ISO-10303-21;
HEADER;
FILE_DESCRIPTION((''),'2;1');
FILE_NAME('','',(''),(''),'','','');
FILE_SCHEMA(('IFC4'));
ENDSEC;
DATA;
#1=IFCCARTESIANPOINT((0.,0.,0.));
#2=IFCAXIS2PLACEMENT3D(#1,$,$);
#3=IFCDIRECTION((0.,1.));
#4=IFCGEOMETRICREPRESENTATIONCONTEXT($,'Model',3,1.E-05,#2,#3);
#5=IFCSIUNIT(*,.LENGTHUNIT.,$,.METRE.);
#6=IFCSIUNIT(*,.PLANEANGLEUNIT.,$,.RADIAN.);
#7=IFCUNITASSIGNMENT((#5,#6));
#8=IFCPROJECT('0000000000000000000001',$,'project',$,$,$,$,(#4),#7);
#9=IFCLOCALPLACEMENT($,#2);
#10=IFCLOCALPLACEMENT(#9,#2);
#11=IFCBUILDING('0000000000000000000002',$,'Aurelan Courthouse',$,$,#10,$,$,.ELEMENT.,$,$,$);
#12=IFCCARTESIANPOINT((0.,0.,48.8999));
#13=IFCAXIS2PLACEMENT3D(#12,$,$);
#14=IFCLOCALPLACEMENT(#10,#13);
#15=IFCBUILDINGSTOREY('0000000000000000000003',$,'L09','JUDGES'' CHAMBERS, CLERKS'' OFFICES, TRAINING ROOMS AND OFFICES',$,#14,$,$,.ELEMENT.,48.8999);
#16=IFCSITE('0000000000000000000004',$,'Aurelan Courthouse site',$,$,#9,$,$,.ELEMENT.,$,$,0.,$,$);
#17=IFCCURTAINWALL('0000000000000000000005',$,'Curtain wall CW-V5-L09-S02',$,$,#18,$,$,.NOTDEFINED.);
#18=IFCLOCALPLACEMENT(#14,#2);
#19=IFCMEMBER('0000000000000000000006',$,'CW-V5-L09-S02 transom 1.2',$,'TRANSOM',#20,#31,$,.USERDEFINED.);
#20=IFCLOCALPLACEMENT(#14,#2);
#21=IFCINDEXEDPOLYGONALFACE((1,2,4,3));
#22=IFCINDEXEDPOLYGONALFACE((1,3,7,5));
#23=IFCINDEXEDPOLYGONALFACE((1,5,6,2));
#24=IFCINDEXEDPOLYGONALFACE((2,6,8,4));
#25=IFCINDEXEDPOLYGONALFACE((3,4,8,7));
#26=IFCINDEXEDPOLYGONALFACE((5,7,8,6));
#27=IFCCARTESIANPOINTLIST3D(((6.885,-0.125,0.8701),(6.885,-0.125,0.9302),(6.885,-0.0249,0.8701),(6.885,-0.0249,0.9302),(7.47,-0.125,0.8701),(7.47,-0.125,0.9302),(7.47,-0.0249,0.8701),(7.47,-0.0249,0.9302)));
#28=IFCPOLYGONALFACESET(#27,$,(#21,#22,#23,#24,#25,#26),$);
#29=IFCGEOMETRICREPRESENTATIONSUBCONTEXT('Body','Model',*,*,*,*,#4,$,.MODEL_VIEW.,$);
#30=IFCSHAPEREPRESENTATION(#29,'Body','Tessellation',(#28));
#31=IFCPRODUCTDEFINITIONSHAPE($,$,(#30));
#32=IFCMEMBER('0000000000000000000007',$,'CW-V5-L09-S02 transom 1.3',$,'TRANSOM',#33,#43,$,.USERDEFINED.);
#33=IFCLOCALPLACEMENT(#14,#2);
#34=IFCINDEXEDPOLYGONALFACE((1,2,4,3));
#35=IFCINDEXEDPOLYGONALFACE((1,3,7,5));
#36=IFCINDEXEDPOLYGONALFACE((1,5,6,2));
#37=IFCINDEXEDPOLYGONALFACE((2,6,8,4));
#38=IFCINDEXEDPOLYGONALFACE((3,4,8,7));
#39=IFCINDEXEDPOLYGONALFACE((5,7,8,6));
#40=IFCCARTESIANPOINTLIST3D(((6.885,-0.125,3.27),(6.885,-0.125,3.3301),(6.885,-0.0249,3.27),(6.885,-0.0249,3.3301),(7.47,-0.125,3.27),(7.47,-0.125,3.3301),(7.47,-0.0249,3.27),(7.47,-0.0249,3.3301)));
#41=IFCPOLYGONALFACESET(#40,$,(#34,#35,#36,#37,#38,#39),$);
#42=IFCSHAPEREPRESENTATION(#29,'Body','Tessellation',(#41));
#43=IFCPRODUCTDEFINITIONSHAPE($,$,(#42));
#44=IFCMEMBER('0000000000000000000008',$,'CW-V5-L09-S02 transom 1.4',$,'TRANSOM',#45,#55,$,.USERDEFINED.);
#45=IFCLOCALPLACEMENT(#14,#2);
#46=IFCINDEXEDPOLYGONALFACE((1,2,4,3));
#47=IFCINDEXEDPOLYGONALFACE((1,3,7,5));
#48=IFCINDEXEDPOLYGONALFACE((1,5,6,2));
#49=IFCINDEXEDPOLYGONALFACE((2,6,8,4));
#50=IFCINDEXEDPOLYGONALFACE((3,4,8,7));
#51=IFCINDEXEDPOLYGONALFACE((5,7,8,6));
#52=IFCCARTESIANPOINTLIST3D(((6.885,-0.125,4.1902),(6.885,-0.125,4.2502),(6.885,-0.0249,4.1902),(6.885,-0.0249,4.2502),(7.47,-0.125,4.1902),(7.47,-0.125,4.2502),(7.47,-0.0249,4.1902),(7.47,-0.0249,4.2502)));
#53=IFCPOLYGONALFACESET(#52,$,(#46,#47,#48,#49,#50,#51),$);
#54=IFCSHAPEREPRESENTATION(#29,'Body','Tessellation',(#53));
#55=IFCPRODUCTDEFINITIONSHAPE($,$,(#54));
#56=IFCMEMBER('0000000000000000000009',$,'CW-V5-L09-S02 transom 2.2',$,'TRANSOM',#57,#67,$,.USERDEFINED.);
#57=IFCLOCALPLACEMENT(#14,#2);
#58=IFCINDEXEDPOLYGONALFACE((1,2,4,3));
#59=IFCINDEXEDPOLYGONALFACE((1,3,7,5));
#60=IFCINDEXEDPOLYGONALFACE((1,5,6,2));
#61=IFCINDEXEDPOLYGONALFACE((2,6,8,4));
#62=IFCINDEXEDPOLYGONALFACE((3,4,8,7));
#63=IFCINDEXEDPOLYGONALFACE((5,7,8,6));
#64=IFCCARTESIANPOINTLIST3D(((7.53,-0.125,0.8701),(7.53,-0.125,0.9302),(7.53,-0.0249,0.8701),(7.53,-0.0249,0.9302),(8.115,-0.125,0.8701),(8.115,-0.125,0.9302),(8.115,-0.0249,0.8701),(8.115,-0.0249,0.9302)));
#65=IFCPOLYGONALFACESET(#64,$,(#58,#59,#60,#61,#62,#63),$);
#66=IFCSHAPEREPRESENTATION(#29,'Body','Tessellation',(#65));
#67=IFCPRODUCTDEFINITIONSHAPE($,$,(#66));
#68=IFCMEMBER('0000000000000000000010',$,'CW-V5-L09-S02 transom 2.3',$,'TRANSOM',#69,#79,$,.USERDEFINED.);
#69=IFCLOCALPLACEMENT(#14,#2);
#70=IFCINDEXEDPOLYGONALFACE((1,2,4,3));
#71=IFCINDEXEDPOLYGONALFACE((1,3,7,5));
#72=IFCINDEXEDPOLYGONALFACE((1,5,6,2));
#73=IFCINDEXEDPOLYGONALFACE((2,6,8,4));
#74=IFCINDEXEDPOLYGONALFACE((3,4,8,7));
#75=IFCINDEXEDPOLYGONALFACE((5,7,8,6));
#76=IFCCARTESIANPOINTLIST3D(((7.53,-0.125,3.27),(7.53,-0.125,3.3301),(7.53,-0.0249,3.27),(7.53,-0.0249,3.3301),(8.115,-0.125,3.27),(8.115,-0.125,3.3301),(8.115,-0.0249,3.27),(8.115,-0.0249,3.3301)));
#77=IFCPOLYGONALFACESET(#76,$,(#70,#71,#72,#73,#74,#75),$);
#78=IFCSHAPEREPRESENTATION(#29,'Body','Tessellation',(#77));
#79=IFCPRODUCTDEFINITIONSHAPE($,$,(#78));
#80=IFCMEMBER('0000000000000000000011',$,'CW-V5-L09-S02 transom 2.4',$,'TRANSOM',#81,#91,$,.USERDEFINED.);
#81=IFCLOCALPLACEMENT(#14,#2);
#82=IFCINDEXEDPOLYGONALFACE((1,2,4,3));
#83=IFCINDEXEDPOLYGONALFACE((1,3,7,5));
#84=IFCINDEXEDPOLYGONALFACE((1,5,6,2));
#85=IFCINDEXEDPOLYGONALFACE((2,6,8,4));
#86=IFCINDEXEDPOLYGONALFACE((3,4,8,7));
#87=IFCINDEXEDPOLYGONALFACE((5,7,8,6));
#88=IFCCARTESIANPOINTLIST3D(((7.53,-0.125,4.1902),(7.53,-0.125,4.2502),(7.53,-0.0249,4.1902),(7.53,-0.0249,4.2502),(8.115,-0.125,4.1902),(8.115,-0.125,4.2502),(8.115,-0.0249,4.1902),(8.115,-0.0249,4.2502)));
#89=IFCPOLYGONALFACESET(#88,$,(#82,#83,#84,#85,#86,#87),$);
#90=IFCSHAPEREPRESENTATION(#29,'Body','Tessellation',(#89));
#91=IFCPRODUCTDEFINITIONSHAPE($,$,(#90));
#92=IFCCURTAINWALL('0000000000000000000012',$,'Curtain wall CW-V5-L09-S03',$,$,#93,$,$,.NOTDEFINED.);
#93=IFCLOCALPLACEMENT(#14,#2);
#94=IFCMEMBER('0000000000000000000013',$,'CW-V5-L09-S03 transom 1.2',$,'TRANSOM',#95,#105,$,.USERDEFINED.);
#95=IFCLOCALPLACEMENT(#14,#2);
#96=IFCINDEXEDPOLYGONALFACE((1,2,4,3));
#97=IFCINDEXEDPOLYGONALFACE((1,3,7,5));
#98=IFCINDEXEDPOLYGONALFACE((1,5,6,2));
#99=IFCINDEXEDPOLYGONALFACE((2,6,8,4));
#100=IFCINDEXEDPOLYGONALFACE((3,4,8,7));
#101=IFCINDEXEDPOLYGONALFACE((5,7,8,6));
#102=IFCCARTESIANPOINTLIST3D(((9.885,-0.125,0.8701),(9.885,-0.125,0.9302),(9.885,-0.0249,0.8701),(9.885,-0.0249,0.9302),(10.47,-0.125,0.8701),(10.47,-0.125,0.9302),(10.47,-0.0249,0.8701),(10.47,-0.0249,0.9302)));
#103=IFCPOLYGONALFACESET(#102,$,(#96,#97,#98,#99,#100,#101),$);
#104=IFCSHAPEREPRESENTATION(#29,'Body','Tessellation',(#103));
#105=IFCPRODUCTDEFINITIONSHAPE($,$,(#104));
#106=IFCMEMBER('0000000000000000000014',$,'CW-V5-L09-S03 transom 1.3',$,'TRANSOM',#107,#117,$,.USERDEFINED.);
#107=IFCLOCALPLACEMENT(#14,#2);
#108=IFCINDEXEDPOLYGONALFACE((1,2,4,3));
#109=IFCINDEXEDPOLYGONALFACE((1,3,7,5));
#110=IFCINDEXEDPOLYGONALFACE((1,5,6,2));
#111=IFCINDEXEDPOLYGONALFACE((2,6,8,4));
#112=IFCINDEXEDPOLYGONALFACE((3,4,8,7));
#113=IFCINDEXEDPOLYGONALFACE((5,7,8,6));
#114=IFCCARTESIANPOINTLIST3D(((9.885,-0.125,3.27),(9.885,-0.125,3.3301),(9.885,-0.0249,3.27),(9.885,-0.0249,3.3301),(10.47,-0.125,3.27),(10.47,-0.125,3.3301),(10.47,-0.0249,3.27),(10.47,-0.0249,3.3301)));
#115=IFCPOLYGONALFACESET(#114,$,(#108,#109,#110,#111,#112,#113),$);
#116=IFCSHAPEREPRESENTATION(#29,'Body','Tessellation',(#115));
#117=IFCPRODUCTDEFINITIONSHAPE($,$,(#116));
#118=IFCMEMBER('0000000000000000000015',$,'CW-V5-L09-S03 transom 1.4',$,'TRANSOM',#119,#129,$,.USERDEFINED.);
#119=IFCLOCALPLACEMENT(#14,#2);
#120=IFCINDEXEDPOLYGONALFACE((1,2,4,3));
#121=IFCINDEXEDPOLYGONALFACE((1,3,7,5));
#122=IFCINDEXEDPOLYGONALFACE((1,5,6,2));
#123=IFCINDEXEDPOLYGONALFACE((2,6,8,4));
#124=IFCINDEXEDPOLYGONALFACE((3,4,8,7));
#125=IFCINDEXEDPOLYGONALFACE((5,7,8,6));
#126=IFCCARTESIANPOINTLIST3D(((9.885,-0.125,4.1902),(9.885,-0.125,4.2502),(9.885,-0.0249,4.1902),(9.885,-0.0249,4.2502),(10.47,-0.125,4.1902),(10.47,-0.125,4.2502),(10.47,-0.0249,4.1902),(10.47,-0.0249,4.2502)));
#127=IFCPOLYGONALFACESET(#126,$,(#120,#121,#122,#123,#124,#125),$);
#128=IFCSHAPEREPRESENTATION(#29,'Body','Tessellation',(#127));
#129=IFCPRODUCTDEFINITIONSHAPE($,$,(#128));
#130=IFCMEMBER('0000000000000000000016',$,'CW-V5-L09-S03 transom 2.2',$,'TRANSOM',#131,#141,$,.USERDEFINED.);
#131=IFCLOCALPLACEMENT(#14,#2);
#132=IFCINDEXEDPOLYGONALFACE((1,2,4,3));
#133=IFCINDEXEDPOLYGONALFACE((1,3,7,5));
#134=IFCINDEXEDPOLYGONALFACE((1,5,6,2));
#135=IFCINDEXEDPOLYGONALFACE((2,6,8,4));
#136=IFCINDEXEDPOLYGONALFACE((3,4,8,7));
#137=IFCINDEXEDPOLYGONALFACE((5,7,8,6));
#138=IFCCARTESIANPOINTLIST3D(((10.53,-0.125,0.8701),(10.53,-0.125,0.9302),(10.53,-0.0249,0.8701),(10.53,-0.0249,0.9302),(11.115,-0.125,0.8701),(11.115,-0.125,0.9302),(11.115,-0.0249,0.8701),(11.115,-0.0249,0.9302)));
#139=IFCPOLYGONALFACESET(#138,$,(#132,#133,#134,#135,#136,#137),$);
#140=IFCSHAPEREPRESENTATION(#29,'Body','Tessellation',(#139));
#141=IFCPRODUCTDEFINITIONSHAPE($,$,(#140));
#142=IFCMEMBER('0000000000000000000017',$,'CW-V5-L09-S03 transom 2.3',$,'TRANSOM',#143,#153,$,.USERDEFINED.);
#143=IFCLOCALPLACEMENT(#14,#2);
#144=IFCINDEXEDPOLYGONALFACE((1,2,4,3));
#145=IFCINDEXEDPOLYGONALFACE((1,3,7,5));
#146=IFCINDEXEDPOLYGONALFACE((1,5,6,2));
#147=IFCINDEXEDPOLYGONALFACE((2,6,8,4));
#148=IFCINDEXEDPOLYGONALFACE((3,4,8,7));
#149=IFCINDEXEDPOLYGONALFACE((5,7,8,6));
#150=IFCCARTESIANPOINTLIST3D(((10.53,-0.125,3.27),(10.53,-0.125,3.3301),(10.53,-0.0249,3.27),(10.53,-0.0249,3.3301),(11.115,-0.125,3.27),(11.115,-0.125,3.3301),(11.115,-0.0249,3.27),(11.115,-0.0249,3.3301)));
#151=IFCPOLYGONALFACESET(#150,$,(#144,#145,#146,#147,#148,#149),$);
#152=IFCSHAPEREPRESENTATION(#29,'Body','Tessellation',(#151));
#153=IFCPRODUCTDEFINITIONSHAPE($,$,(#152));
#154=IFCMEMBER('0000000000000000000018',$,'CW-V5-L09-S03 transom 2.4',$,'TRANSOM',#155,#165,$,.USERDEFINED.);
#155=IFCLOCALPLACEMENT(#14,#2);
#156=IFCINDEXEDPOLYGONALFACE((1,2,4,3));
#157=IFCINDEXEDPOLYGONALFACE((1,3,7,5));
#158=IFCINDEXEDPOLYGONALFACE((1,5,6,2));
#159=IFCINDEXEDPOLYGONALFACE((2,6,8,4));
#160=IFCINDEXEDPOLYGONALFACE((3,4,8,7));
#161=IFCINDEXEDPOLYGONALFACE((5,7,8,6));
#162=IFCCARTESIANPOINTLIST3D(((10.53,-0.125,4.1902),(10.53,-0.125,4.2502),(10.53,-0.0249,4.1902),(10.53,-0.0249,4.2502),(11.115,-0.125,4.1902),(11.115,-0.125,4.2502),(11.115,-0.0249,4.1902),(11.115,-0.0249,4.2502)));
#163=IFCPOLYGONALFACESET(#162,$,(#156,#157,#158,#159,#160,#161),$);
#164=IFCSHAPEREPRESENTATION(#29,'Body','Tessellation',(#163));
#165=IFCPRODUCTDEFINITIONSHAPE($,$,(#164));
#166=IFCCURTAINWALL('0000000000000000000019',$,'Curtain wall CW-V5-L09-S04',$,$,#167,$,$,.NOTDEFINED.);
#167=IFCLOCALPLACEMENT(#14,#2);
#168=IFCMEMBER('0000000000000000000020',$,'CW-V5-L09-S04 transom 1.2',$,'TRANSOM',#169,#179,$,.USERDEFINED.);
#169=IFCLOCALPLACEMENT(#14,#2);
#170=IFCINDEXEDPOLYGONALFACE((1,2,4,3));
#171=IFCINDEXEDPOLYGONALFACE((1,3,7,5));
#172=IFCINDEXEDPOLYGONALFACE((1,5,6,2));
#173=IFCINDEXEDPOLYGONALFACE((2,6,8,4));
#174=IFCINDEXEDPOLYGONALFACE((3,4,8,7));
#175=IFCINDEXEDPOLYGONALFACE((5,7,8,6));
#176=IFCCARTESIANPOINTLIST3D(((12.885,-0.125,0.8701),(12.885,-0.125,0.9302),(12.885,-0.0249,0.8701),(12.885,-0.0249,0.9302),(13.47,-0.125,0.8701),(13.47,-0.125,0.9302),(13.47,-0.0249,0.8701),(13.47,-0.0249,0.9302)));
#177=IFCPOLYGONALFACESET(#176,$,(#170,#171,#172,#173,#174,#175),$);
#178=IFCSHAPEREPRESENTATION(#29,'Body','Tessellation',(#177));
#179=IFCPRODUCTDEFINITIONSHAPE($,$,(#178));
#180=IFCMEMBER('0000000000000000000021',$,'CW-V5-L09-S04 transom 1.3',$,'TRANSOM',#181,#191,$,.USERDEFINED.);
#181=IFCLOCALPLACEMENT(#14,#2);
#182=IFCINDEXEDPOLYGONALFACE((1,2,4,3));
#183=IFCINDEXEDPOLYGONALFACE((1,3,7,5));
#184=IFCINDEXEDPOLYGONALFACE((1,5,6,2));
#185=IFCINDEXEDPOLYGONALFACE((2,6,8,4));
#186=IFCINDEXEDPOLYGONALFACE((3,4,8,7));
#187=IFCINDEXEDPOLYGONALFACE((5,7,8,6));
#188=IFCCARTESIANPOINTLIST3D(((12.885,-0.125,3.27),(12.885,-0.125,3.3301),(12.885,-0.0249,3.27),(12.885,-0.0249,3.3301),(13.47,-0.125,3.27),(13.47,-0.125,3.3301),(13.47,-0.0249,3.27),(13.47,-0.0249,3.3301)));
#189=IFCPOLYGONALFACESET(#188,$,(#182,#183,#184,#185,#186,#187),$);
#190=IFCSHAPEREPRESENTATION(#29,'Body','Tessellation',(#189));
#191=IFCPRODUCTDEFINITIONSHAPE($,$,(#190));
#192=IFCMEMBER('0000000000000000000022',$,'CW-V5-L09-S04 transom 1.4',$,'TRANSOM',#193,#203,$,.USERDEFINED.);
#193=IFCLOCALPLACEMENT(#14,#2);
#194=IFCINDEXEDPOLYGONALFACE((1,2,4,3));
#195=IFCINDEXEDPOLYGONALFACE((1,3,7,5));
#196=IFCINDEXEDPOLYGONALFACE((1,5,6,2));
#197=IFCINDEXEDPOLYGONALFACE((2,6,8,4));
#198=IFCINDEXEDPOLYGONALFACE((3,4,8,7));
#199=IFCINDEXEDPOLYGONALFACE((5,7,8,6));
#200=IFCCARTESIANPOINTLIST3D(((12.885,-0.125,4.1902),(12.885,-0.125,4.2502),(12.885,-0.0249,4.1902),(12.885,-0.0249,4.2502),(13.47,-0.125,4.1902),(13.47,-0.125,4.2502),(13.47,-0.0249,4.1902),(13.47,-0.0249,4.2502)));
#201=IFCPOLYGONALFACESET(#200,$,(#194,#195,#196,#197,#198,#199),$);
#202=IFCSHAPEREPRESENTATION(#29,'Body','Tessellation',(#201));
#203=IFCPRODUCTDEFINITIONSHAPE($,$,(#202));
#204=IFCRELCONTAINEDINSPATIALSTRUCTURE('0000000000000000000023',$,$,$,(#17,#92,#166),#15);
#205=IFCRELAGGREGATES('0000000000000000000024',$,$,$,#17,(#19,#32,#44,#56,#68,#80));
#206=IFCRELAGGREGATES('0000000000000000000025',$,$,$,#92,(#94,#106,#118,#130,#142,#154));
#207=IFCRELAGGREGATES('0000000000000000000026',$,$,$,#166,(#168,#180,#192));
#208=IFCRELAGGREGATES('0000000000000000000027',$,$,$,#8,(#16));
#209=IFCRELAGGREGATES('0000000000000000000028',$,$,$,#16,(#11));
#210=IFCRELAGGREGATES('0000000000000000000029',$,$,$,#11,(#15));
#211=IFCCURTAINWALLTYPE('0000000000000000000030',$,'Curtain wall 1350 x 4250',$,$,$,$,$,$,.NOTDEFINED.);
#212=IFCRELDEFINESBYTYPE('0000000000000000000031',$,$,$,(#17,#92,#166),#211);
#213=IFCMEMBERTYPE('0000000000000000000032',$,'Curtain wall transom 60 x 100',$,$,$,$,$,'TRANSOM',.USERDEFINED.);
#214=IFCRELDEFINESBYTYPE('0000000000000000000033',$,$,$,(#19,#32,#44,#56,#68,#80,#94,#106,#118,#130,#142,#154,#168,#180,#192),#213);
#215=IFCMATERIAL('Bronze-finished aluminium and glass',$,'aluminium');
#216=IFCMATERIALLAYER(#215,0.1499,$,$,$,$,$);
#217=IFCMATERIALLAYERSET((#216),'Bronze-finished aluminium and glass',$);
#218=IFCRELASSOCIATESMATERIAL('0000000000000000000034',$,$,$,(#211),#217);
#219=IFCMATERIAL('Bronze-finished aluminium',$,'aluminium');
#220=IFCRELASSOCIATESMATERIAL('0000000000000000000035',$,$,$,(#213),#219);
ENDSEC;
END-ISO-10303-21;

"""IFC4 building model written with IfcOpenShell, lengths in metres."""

from ifc_helpers import new_model, si_unit, direction, frame, origin, origin_2d, place, context, subcontext, project, spatial, rectangle, extrude, material, layer, layer_set, material_profile, profile_set, type_object, element, aggregate, save


model = new_model("IFC4")

# Units and contexts
model_context = context("Model", 3, precision=1e-05, world=origin(), true_north=direction((0.0, 1.0)))
body_context = subcontext(model_context, "Body", "Model", "MODEL_VIEW")
ifc_project = project(units=[si_unit("LENGTHUNIT", "METRE"), si_unit("PLANEANGLEUNIT", "RADIAN")], contexts=[model_context])

# Site, building, storey
site_placement = place(None, origin())
site = spatial("IfcSite", under=ifc_project, at=site_placement, Name="Aurelan Courthouse site", CompositionType="ELEMENT", RefElevation=0.0)
building_placement = place(site_placement, origin())
building = spatial("IfcBuilding", under=site, at=building_placement, Name="Aurelan Courthouse", CompositionType="ELEMENT")
storey_placement = place(building_placement, frame((0.0, 0.0, 48.8999)))
storey = spatial("IfcBuildingStorey", under=building, at=storey_placement, Name="L09", Description="JUDGES' CHAMBERS, CLERKS' OFFICES, TRAINING ROOMS AND OFFICES", CompositionType="ELEMENT", Elevation=48.8999)

# Curtain walls, members
ifc_material_1 = material(Name="Bronze-finished aluminium and glass", Category="aluminium")
ifc_layer_1 = layer(ifc_material_1, 0.1499)
ifc_layer_set_1 = layer_set([ifc_layer_1], Name="Bronze-finished aluminium and glass")
curtain_wall_type = type_object("IfcCurtainWallType", Name="Curtain wall 1350 x 4250", PredefinedType="NOTDEFINED", material=ifc_layer_set_1)
curtain_wall_1_placement = place(storey_placement, origin())
curtain_wall_1 = element("IfcCurtainWall", 1, at=curtain_wall_1_placement, inside=storey, type_object=curtain_wall_type, Name="Curtain wall CW-V5-L09-S02", PredefinedType="NOTDEFINED")
ifc_material_2 = material(Name="Bronze-finished aluminium", Category="aluminium")
ifc_material_profile = material_profile(ifc_material_2, rectangle(XDim=0.1001, YDim=0.0601, at=origin_2d()), Name="Bronze transom 60 x 100")
ifc_profile_set = profile_set([ifc_material_profile], Name="Bronze-finished aluminium")
member_type = type_object("IfcMemberType", Name="Curtain wall transom 60 x 100", ElementType="TRANSOM", PredefinedType="USERDEFINED", material=ifc_profile_set)
member_1_placement = place(storey_placement, frame((6.885, -0.075, 0.9001), z_axis=(1.0, 0.0, 0.0), x_axis=(0.0, 1.0, 0.0)))
member_1 = element("IfcMember", 2, at=member_1_placement, type_object=member_type, Name="CW-V5-L09-S02 transom 1.2", ObjectType="TRANSOM", PredefinedType="USERDEFINED", context=body_context, shape_type="SweptSolid", body=[
    extrude(rectangle(XDim=0.1001, YDim=0.0601, at=origin_2d()), origin(), (0.0, 0.0, 1.0), 0.585),
])
member_2_placement = place(storey_placement, frame((6.885, -0.075, 3.3), z_axis=(1.0, 0.0, 0.0), x_axis=(0.0, 1.0, 0.0)))
member_2 = element("IfcMember", 3, at=member_2_placement, type_object=member_type, Name="CW-V5-L09-S02 transom 1.3", ObjectType="TRANSOM", PredefinedType="USERDEFINED", context=body_context, shape_type="SweptSolid", body=[
    extrude(rectangle(XDim=0.1001, YDim=0.0601, at=origin_2d()), origin(), (0.0, 0.0, 1.0), 0.585),
])
member_3_placement = place(storey_placement, frame((6.885, -0.075, 4.2202), z_axis=(1.0, 0.0, 0.0), x_axis=(0.0, 1.0, 0.0)))
member_3 = element("IfcMember", 4, at=member_3_placement, type_object=member_type, Name="CW-V5-L09-S02 transom 1.4", ObjectType="TRANSOM", PredefinedType="USERDEFINED", context=body_context, shape_type="SweptSolid", body=[
    extrude(rectangle(XDim=0.1001, YDim=0.0601, at=origin_2d()), origin(), (0.0, 0.0, 1.0), 0.585),
])
member_4_placement = place(storey_placement, frame((7.53, -0.075, 0.9001), z_axis=(1.0, 0.0, 0.0), x_axis=(0.0, 1.0, 0.0)))
member_4 = element("IfcMember", 5, at=member_4_placement, type_object=member_type, Name="CW-V5-L09-S02 transom 2.2", ObjectType="TRANSOM", PredefinedType="USERDEFINED", context=body_context, shape_type="SweptSolid", body=[
    extrude(rectangle(XDim=0.1001, YDim=0.0601, at=origin_2d()), origin(), (0.0, 0.0, 1.0), 0.585),
])
member_5_placement = place(storey_placement, frame((7.53, -0.075, 3.3), z_axis=(1.0, 0.0, 0.0), x_axis=(0.0, 1.0, 0.0)))
member_5 = element("IfcMember", 6, at=member_5_placement, type_object=member_type, Name="CW-V5-L09-S02 transom 2.3", ObjectType="TRANSOM", PredefinedType="USERDEFINED", context=body_context, shape_type="SweptSolid", body=[
    extrude(rectangle(XDim=0.1001, YDim=0.0601, at=origin_2d()), origin(), (0.0, 0.0, 1.0), 0.585),
])
member_6_placement = place(storey_placement, frame((7.53, -0.075, 4.2202), z_axis=(1.0, 0.0, 0.0), x_axis=(0.0, 1.0, 0.0)))
member_6 = element("IfcMember", 7, at=member_6_placement, type_object=member_type, Name="CW-V5-L09-S02 transom 2.4", ObjectType="TRANSOM", PredefinedType="USERDEFINED", context=body_context, shape_type="SweptSolid", body=[
    extrude(rectangle(XDim=0.1001, YDim=0.0601, at=origin_2d()), origin(), (0.0, 0.0, 1.0), 0.585),
])
curtain_wall_2_placement = place(storey_placement, origin())
curtain_wall_2 = element("IfcCurtainWall", 8, at=curtain_wall_2_placement, inside=storey, type_object=curtain_wall_type, Name="Curtain wall CW-V5-L09-S03", PredefinedType="NOTDEFINED")
member_7_placement = place(storey_placement, frame((9.885, -0.075, 0.9001), z_axis=(1.0, 0.0, 0.0), x_axis=(0.0, 1.0, 0.0)))
member_7 = element("IfcMember", 9, at=member_7_placement, type_object=member_type, Name="CW-V5-L09-S03 transom 1.2", ObjectType="TRANSOM", PredefinedType="USERDEFINED", context=body_context, shape_type="SweptSolid", body=[
    extrude(rectangle(XDim=0.1001, YDim=0.0601, at=origin_2d()), origin(), (0.0, 0.0, 1.0), 0.585),
])
member_8_placement = place(storey_placement, frame((9.885, -0.075, 3.3), z_axis=(1.0, 0.0, 0.0), x_axis=(0.0, 1.0, 0.0)))
member_8 = element("IfcMember", 10, at=member_8_placement, type_object=member_type, Name="CW-V5-L09-S03 transom 1.3", ObjectType="TRANSOM", PredefinedType="USERDEFINED", context=body_context, shape_type="SweptSolid", body=[
    extrude(rectangle(XDim=0.1001, YDim=0.0601, at=origin_2d()), origin(), (0.0, 0.0, 1.0), 0.585),
])
member_9_placement = place(storey_placement, frame((9.885, -0.075, 4.2202), z_axis=(1.0, 0.0, 0.0), x_axis=(0.0, 1.0, 0.0)))
member_9 = element("IfcMember", 11, at=member_9_placement, type_object=member_type, Name="CW-V5-L09-S03 transom 1.4", ObjectType="TRANSOM", PredefinedType="USERDEFINED", context=body_context, shape_type="SweptSolid", body=[
    extrude(rectangle(XDim=0.1001, YDim=0.0601, at=origin_2d()), origin(), (0.0, 0.0, 1.0), 0.585),
])
member_10_placement = place(storey_placement, frame((10.53, -0.075, 0.9001), z_axis=(1.0, 0.0, 0.0), x_axis=(0.0, 1.0, 0.0)))
member_10 = element("IfcMember", 12, at=member_10_placement, type_object=member_type, Name="CW-V5-L09-S03 transom 2.2", ObjectType="TRANSOM", PredefinedType="USERDEFINED", context=body_context, shape_type="SweptSolid", body=[
    extrude(rectangle(XDim=0.1001, YDim=0.0601, at=origin_2d()), origin(), (0.0, 0.0, 1.0), 0.585),
])
member_11_placement = place(storey_placement, frame((10.53, -0.075, 3.3), z_axis=(1.0, 0.0, 0.0), x_axis=(0.0, 1.0, 0.0)))
member_11 = element("IfcMember", 13, at=member_11_placement, type_object=member_type, Name="CW-V5-L09-S03 transom 2.3", ObjectType="TRANSOM", PredefinedType="USERDEFINED", context=body_context, shape_type="SweptSolid", body=[
    extrude(rectangle(XDim=0.1001, YDim=0.0601, at=origin_2d()), origin(), (0.0, 0.0, 1.0), 0.585),
])
member_12_placement = place(storey_placement, frame((10.53, -0.075, 4.2202), z_axis=(1.0, 0.0, 0.0), x_axis=(0.0, 1.0, 0.0)))
member_12 = element("IfcMember", 14, at=member_12_placement, type_object=member_type, Name="CW-V5-L09-S03 transom 2.4", ObjectType="TRANSOM", PredefinedType="USERDEFINED", context=body_context, shape_type="SweptSolid", body=[
    extrude(rectangle(XDim=0.1001, YDim=0.0601, at=origin_2d()), origin(), (0.0, 0.0, 1.0), 0.585),
])
curtain_wall_3_placement = place(storey_placement, origin())
curtain_wall_3 = element("IfcCurtainWall", 15, at=curtain_wall_3_placement, inside=storey, type_object=curtain_wall_type, Name="Curtain wall CW-V5-L09-S04", PredefinedType="NOTDEFINED")
member_13_placement = place(storey_placement, frame((12.885, -0.075, 0.9001), z_axis=(1.0, 0.0, 0.0), x_axis=(0.0, 1.0, 0.0)))
member_13 = element("IfcMember", 16, at=member_13_placement, type_object=member_type, Name="CW-V5-L09-S04 transom 1.2", ObjectType="TRANSOM", PredefinedType="USERDEFINED", context=body_context, shape_type="SweptSolid", body=[
    extrude(rectangle(XDim=0.1001, YDim=0.0601, at=origin_2d()), origin(), (0.0, 0.0, 1.0), 0.585),
])
member_14_placement = place(storey_placement, frame((12.885, -0.075, 3.3), z_axis=(1.0, 0.0, 0.0), x_axis=(0.0, 1.0, 0.0)))
member_14 = element("IfcMember", 17, at=member_14_placement, type_object=member_type, Name="CW-V5-L09-S04 transom 1.3", ObjectType="TRANSOM", PredefinedType="USERDEFINED", context=body_context, shape_type="SweptSolid", body=[
    extrude(rectangle(XDim=0.1001, YDim=0.0601, at=origin_2d()), origin(), (0.0, 0.0, 1.0), 0.585),
])
member_15_placement = place(storey_placement, frame((12.885, -0.075, 4.2202), z_axis=(1.0, 0.0, 0.0), x_axis=(0.0, 1.0, 0.0)))
member_15 = element("IfcMember", 18, at=member_15_placement, type_object=member_type, Name="CW-V5-L09-S04 transom 1.4", ObjectType="TRANSOM", PredefinedType="USERDEFINED", context=body_context, shape_type="SweptSolid", body=[
    extrude(rectangle(XDim=0.1001, YDim=0.0601, at=origin_2d()), origin(), (0.0, 0.0, 1.0), 0.585),
])

aggregate(curtain_wall_1, [member_1, member_2, member_3, member_4, member_5, member_6])
aggregate(curtain_wall_2, [member_7, member_8, member_9, member_10, member_11, member_12])
aggregate(curtain_wall_3, [member_13, member_14, member_15])

save(model, "model.ifc")
